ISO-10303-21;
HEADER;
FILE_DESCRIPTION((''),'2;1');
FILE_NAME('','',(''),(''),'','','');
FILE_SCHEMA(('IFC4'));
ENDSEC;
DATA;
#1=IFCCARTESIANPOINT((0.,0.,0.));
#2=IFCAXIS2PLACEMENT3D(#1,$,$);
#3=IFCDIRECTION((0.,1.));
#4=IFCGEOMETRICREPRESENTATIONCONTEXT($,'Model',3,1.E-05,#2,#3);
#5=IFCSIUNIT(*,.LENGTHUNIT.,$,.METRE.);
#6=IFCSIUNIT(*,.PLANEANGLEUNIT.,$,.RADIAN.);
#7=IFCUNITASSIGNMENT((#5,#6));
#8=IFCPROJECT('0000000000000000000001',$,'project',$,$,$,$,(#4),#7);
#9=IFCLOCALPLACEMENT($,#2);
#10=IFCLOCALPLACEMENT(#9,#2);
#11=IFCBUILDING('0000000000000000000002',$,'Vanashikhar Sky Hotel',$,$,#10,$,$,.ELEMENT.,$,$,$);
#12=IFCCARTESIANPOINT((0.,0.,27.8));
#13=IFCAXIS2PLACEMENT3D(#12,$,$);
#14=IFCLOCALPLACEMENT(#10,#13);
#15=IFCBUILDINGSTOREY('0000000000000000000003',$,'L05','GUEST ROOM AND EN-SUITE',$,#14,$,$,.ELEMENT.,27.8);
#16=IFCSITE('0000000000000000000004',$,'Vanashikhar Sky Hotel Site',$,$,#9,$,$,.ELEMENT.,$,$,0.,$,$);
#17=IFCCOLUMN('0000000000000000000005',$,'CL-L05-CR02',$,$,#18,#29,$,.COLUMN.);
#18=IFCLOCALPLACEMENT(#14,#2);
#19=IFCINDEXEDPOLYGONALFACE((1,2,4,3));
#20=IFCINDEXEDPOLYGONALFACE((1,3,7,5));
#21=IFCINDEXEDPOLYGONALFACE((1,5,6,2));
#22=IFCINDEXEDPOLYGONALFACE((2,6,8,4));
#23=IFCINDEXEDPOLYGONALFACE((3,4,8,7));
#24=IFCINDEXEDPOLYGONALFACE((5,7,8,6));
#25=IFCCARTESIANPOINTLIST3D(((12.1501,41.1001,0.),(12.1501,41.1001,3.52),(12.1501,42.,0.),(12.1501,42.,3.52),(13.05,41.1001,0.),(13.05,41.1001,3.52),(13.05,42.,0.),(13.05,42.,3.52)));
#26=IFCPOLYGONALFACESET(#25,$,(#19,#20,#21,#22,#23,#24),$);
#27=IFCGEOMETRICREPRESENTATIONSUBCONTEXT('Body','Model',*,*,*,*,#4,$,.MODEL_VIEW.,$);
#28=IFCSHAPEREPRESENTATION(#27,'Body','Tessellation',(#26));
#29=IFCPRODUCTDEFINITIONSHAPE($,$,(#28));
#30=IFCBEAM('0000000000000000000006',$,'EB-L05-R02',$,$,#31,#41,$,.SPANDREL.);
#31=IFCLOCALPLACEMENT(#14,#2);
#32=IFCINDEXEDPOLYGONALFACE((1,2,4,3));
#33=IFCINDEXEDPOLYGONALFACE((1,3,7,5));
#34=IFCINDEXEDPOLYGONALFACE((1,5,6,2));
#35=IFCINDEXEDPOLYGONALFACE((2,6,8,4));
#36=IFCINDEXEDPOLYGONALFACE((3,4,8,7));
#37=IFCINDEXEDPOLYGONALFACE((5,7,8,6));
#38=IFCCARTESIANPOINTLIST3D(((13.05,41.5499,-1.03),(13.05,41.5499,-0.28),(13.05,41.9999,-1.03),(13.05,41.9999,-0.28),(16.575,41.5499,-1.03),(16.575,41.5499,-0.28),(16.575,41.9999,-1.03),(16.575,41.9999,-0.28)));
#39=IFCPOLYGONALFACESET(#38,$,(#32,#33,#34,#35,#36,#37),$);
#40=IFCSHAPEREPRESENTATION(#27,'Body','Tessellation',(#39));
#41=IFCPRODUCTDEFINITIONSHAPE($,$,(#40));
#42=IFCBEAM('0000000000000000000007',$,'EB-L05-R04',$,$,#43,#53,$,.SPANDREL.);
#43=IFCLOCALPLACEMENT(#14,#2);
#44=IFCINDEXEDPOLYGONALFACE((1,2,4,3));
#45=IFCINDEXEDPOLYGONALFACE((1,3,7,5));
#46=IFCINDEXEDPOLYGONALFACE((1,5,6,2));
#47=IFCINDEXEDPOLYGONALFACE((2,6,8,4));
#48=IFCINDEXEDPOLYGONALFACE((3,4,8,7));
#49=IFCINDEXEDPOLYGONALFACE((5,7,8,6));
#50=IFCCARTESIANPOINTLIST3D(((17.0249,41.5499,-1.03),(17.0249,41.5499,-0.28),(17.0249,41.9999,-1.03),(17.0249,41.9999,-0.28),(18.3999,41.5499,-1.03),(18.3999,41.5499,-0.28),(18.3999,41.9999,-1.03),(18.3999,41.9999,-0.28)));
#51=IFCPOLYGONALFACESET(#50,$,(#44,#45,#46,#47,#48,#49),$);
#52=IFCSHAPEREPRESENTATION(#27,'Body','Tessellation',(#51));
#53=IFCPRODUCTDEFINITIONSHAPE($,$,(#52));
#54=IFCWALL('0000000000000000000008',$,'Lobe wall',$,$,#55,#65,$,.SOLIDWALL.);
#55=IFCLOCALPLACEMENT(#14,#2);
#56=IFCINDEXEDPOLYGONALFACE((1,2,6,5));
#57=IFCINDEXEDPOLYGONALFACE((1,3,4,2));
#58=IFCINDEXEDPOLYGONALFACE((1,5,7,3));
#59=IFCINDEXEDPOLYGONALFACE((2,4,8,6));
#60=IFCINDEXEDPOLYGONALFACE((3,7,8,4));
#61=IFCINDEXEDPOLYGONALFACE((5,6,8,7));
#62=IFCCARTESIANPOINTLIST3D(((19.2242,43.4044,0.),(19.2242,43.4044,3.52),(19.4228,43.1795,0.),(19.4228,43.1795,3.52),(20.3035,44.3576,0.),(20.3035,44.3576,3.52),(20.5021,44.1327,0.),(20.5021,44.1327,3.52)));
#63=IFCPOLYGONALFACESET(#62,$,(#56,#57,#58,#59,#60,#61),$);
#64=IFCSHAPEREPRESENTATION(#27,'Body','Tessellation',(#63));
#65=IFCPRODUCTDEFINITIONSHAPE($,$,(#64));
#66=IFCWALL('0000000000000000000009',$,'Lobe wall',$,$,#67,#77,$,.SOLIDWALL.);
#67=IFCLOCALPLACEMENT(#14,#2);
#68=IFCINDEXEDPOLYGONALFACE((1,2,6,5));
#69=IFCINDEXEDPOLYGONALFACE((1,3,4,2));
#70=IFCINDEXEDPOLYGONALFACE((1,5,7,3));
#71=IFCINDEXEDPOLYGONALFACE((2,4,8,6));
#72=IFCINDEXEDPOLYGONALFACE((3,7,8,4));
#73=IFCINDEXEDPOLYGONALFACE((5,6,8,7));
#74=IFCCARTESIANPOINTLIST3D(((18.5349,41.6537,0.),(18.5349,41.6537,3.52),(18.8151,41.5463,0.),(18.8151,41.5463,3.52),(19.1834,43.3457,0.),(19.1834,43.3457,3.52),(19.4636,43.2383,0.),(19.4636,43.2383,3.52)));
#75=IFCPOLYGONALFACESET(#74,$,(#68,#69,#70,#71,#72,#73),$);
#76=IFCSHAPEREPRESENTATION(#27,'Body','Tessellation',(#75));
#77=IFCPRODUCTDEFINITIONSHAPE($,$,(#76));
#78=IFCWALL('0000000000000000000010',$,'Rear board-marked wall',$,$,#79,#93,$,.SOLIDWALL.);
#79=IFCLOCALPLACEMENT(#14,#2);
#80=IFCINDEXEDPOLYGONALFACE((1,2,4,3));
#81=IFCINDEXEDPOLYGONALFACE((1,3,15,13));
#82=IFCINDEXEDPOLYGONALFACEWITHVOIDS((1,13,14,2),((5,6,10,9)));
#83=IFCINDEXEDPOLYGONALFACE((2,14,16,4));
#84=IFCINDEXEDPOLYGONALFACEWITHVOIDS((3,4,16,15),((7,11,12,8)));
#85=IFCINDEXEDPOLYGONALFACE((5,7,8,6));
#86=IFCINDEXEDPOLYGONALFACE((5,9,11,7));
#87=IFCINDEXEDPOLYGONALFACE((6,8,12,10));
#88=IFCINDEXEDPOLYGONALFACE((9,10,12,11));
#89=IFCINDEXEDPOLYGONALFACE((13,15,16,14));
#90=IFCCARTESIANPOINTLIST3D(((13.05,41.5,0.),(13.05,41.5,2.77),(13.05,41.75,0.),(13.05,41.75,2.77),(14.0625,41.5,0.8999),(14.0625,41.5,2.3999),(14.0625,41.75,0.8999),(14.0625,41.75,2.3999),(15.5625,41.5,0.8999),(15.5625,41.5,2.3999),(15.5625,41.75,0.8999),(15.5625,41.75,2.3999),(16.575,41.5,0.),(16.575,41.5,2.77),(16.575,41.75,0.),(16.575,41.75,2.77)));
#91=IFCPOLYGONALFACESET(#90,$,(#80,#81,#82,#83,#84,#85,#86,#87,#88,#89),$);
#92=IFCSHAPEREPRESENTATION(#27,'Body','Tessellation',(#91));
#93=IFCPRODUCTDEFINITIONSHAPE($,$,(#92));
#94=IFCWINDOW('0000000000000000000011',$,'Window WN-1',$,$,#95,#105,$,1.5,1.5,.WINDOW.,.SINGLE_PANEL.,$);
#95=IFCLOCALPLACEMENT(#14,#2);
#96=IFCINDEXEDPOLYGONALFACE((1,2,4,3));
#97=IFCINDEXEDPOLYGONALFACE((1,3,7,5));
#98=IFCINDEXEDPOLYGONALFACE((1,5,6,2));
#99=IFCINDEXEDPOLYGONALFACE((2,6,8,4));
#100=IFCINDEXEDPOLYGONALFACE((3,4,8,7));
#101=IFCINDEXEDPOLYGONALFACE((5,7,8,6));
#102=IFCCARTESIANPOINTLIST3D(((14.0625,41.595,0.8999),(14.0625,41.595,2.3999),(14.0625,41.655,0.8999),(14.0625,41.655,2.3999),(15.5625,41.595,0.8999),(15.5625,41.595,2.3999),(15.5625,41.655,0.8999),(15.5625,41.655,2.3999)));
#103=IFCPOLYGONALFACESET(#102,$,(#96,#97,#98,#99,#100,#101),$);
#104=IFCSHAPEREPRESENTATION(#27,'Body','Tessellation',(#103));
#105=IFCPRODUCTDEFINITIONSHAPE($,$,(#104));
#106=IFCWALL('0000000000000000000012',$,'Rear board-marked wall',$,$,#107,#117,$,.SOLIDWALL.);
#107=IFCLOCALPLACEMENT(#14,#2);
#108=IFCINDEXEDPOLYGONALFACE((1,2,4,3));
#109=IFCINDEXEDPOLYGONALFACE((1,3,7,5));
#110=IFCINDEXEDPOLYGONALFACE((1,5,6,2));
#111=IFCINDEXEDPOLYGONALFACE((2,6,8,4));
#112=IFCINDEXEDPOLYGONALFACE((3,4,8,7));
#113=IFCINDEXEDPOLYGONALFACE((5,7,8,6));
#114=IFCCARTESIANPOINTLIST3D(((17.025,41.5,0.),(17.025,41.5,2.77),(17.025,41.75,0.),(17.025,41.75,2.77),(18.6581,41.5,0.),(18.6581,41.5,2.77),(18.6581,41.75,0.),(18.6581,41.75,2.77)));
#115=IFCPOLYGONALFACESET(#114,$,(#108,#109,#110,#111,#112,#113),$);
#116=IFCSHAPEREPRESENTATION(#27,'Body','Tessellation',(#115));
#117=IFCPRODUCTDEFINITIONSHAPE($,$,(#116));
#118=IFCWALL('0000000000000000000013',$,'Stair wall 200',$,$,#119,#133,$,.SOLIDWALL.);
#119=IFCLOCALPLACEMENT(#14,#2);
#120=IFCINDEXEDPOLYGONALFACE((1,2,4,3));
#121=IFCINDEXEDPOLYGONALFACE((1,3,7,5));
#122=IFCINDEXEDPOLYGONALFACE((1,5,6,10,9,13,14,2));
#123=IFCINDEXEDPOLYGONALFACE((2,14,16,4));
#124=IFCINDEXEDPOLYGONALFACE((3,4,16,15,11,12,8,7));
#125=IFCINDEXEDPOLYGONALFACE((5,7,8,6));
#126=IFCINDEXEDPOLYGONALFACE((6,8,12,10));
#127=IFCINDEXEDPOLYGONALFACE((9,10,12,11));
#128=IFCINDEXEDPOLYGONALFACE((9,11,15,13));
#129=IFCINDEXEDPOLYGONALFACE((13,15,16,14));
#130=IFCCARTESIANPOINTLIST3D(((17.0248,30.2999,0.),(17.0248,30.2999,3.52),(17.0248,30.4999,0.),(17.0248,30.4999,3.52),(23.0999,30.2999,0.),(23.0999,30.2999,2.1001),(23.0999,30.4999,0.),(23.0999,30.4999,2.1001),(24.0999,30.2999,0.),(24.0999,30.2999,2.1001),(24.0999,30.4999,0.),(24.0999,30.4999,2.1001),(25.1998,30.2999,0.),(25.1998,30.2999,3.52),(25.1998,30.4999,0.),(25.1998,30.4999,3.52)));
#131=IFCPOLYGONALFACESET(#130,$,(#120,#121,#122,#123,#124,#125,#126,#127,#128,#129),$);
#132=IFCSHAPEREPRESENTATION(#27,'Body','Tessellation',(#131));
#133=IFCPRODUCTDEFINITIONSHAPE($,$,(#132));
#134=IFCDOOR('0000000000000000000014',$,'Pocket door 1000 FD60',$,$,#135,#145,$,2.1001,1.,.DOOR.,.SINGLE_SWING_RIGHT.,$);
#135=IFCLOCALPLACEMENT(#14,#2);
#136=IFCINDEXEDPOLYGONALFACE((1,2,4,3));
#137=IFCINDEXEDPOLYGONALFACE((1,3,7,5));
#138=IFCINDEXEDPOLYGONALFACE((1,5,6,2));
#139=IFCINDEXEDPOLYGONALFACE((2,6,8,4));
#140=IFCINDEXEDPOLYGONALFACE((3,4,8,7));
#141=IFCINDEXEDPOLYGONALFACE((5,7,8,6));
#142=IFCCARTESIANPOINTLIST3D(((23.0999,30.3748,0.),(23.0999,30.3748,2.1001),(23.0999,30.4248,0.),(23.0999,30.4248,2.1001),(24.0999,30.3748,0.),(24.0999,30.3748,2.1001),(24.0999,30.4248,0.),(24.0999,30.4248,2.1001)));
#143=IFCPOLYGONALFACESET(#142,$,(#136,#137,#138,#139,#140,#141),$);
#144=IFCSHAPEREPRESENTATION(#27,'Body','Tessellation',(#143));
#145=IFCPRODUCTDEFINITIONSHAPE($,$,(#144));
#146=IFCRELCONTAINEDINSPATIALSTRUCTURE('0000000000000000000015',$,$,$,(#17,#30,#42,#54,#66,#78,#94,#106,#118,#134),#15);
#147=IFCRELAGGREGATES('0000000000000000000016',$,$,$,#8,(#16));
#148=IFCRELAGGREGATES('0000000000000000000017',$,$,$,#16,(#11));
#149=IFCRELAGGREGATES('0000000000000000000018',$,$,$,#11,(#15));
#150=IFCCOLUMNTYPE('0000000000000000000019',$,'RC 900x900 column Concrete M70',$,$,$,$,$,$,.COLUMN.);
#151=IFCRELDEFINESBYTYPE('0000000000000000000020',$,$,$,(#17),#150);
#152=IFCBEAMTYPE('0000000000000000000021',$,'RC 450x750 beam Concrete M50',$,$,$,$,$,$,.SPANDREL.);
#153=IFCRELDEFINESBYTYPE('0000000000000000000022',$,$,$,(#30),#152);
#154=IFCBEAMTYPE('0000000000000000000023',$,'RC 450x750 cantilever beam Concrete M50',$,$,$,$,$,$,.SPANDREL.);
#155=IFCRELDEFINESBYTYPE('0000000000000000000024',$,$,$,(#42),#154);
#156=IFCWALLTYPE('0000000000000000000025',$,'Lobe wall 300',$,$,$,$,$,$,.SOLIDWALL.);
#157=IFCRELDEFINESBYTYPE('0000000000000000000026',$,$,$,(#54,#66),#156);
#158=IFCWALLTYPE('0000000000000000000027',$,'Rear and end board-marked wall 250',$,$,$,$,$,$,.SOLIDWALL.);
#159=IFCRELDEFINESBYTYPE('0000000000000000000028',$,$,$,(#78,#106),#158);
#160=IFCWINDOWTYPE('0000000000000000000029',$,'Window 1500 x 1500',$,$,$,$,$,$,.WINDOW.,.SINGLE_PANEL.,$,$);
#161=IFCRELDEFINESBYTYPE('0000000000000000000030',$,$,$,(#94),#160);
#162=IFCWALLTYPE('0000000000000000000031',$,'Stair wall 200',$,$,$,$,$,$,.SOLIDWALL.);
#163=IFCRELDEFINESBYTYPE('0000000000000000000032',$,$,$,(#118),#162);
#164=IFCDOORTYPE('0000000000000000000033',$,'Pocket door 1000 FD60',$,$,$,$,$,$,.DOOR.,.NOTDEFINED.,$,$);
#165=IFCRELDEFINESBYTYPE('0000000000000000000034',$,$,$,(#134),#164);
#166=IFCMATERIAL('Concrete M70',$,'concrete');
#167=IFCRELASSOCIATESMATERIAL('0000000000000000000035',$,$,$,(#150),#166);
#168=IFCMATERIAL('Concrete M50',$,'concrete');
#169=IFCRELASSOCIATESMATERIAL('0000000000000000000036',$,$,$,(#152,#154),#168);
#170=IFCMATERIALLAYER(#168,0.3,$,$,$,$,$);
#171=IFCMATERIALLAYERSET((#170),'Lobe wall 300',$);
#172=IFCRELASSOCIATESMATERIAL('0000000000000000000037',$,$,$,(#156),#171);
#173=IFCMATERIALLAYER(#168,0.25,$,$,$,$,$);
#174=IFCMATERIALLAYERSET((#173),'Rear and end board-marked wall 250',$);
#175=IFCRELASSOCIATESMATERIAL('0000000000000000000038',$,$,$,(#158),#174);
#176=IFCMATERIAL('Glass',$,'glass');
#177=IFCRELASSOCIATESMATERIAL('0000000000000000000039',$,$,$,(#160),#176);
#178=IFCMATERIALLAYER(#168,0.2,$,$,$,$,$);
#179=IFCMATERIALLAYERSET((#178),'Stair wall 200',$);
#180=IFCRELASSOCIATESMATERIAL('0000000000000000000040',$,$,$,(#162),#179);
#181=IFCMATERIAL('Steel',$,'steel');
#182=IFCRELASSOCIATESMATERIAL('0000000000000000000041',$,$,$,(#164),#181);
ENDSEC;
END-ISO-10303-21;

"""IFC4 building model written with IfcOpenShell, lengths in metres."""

from ifc_helpers import new_model, si_unit, direction, frame, frame_2d, origin, origin_2d, place, context, subcontext, project, spatial, rectangle, extrude, source, transform, mapped, material, layer, layer_set, material_profile, profile_set, type_object, element, fill, save


model = new_model("IFC4")

# Units and contexts
model_context = context("Model", 3, precision=1e-05, world=origin(), true_north=direction((0.0, 1.0)))
body_context = subcontext(model_context, "Body", "Model", "MODEL_VIEW")
ifc_project = project(units=[si_unit("LENGTHUNIT", "METRE"), si_unit("PLANEANGLEUNIT", "RADIAN")], contexts=[model_context])

# Site, building, storey
site_placement = place(None, origin())
site = spatial("IfcSite", under=ifc_project, at=site_placement, Name="Vanashikhar Sky Hotel Site", CompositionType="ELEMENT", RefElevation=0.0)
building_placement = place(site_placement, origin())
building = spatial("IfcBuilding", under=site, at=building_placement, Name="Vanashikhar Sky Hotel", CompositionType="ELEMENT")
storey_placement = place(building_placement, frame((0.0, 0.0, 27.8)))
storey = spatial("IfcBuildingStorey", under=building, at=storey_placement, Name="L05", Description="GUEST ROOM AND EN-SUITE", CompositionType="ELEMENT", Elevation=27.8)

# Column
ifc_material_1 = material(Name="Concrete M70", Category="concrete")
ifc_material_profile_1 = material_profile(ifc_material_1, rectangle(XDim=0.8999, YDim=0.8999, at=origin_2d()))
ifc_profile_set_1 = profile_set([ifc_material_profile_1], Name="RC 900x900 column Concrete M70")
column_type = type_object("IfcColumnType", Name="RC 900x900 column Concrete M70", PredefinedType="COLUMN", material=ifc_profile_set_1)
shared_shape_1 = source(origin(), body_context, "Body", "SweptSolid", [
    extrude(rectangle(XDim=0.8999, YDim=0.8999, at=origin_2d()), origin(), (0.0, 0.0, 1.0), 3.52),
])
column_placement = place(storey_placement, frame((12.6001, 41.55, 0.0), z_axis=(0.0, 0.0, 1.0), x_axis=(1.0, 0.0, 0.0)))
element("IfcColumn", 1, at=column_placement, inside=storey, type_object=column_type, Name="CL-L05-CR02", PredefinedType="COLUMN", context=body_context, shape_type="MappedRepresentation", body=[
    mapped(shared_shape_1, transform((0.0, 0.0, 0.0), scale=1.0)),
])

# Beams
ifc_material_2 = material(Name="Concrete M50", Category="concrete")
ifc_material_profile_2 = material_profile(ifc_material_2, rectangle(XDim=0.45, YDim=0.75, at=origin_2d()))
ifc_profile_set_2 = profile_set([ifc_material_profile_2], Name="RC 450x750 beam Concrete M50")
beam_type_1 = type_object("IfcBeamType", Name="RC 450x750 beam Concrete M50", PredefinedType="SPANDREL", material=ifc_profile_set_2)
shared_shape_2 = source(origin(), body_context, "Body", "SweptSolid", [
    extrude(rectangle(XDim=0.45, YDim=0.75, at=origin_2d()), origin(), (0.0, 0.0, 1.0), 3.5249),
])
beam_1_placement = place(storey_placement, frame((13.05, 41.7749, -0.655), z_axis=(1.0, 0.0, 0.0), x_axis=(0.0, 1.0, 0.0)))
element("IfcBeam", 2, at=beam_1_placement, inside=storey, type_object=beam_type_1, Name="EB-L05-R02", PredefinedType="SPANDREL", context=body_context, shape_type="MappedRepresentation", body=[
    mapped(shared_shape_2, transform((0.0, 0.0, 0.0), scale=1.0)),
])
ifc_material_profile_3 = material_profile(ifc_material_2, rectangle(XDim=0.45, YDim=0.75, at=origin_2d()))
ifc_profile_set_3 = profile_set([ifc_material_profile_3], Name="RC 450x750 cantilever beam Concrete M50")
beam_type_2 = type_object("IfcBeamType", Name="RC 450x750 cantilever beam Concrete M50", PredefinedType="SPANDREL", material=ifc_profile_set_3)
shared_shape_3 = source(origin(), body_context, "Body", "SweptSolid", [
    extrude(rectangle(XDim=0.45, YDim=0.75, at=origin_2d()), origin(), (0.0, 0.0, 1.0), 1.375),
])
beam_2_placement = place(storey_placement, frame((17.0249, 41.7749, -0.655), z_axis=(1.0, 0.0, 0.0), x_axis=(0.0, 1.0, 0.0)))
element("IfcBeam", 3, at=beam_2_placement, inside=storey, type_object=beam_type_2, Name="EB-L05-R04", PredefinedType="SPANDREL", context=body_context, shape_type="MappedRepresentation", body=[
    mapped(shared_shape_3, transform((0.0, 0.0, 0.0), scale=1.0)),
])

# Walls
ifc_layer_1 = layer(ifc_material_2, 0.3)
ifc_layer_set_1 = layer_set([ifc_layer_1], Name="Lobe wall 300")
wall_type_1 = type_object("IfcWallType", Name="Lobe wall 300", PredefinedType="SOLIDWALL", material=ifc_layer_set_1)
shared_shape_4 = source(origin(), body_context, "Body", "SweptSolid", [
    extrude(rectangle(XDim=1.4399, YDim=0.3, at=frame_2d((0.72, 0.0))), origin(), (0.0, 0.0, 1.0), 3.52),
])
wall_1_placement = place(storey_placement, frame((20.4028, 44.2451, 0.0), z_axis=(0.0, 0.0, 1.0), x_axis=(-0.749576, -0.661919, 0.0)))
element("IfcWall", 4, at=wall_1_placement, inside=storey, type_object=wall_type_1, Name="Lobe wall", PredefinedType="SOLIDWALL", context=body_context, shape_type="MappedRepresentation", body=[
    mapped(shared_shape_4, transform((0.0, 0.0, 0.0), scale=1.0)),
])
shared_shape_5 = source(origin(), body_context, "Body", "SweptSolid", [
    extrude(rectangle(XDim=1.812, YDim=0.3, at=frame_2d((0.906, 0.0))), origin(), (0.0, 0.0, 1.0), 3.52),
])
wall_2_placement = place(storey_placement, frame((19.3235, 43.292, 0.0), z_axis=(0.0, 0.0, 1.0), x_axis=(-0.357877, -0.933769, 0.0)))
element("IfcWall", 5, at=wall_2_placement, inside=storey, type_object=wall_type_1, Name="Lobe wall", PredefinedType="SOLIDWALL", context=body_context, shape_type="MappedRepresentation", body=[
    mapped(shared_shape_5, transform((0.0, 0.0, 0.0), scale=1.0)),
])

# Wall, opening, window
ifc_layer_2 = layer(ifc_material_2, 0.25)
ifc_layer_set_2 = layer_set([ifc_layer_2], Name="Rear and end board-marked wall 250")
wall_type_2 = type_object("IfcWallType", Name="Rear and end board-marked wall 250", PredefinedType="SOLIDWALL", material=ifc_layer_set_2)
shared_shape_6 = source(origin(), body_context, "Body", "SweptSolid", [
    extrude(rectangle(XDim=3.5249, YDim=0.25, at=frame_2d((1.7625, 0.0))), origin(), (0.0, 0.0, 1.0), 2.77),
])
wall_3_placement = place(storey_placement, frame((16.575, 41.625, 0.0), z_axis=(0.0, 0.0, 1.0), x_axis=(-1.0, 0.0, 0.0)))
wall_3 = element("IfcWall", 6, at=wall_3_placement, inside=storey, type_object=wall_type_2, Name="Rear board-marked wall", PredefinedType="SOLIDWALL", context=body_context, shape_type="MappedRepresentation", body=[
    mapped(shared_shape_6, transform((0.0, 0.0, 0.0), scale=1.0)),
])
shared_shape_7 = source(origin(), body_context, "Body", "SweptSolid", [
    extrude(rectangle(XDim=1.5, YDim=1.5, at=frame_2d((0.75, 0.75))), frame((0.0, 0.135, 0.0), z_axis=(0.0, -1.0, 0.0), x_axis=(1.0, 0.0, 0.0)), (0.0, 0.0, 1.0), 0.27),
])
opening_1_placement = place(wall_3_placement, frame((1.0125, 0.0, 0.8999)))
opening_1 = element("IfcOpeningElement", 7, at=opening_1_placement, cuts=wall_3, PredefinedType="OPENING", context=body_context, shape_type="MappedRepresentation", body=[
    mapped(shared_shape_7, transform((0.0, 0.0, 0.0), scale=1.0)),
])
ifc_material_3 = material(Name="Glass", Category="glass")
window_type = type_object("IfcWindowType", Name="Window 1500 x 1500", PartitioningType="SINGLE_PANEL", PredefinedType="WINDOW", material=ifc_material_3)
shared_shape_8 = source(origin(), body_context, "Body", "SweptSolid", [
    extrude(rectangle(XDim=1.5, YDim=1.5, at=frame_2d((0.75, 0.75))), frame((0.0, 0.03, 0.0), z_axis=(0.0, -1.0, 0.0), x_axis=(1.0, 0.0, 0.0)), (0.0, 0.0, 1.0), 0.0601),
])
window_placement = place(opening_1_placement, origin())
window = element("IfcWindow", 8, at=window_placement, inside=storey, type_object=window_type, Name="Window WN-1", OverallHeight=1.5, OverallWidth=1.5, PartitioningType="SINGLE_PANEL", PredefinedType="WINDOW", context=body_context, shape_type="MappedRepresentation", body=[
    mapped(shared_shape_8, transform((0.0, 0.0, 0.0), scale=1.0)),
])
fill(opening_1, window)

# Wall
shared_shape_9 = source(origin(), body_context, "Body", "SweptSolid", [
    extrude(rectangle(XDim=1.6331, YDim=0.25, at=frame_2d((0.8164, 0.0))), origin(), (0.0, 0.0, 1.0), 2.77),
])
wall_4_placement = place(storey_placement, frame((18.658, 41.625, 0.0), z_axis=(0.0, 0.0, 1.0), x_axis=(-1.0, 0.0, 0.0)))
element("IfcWall", 9, at=wall_4_placement, inside=storey, type_object=wall_type_2, Name="Rear board-marked wall", PredefinedType="SOLIDWALL", context=body_context, shape_type="MappedRepresentation", body=[
    mapped(shared_shape_9, transform((0.0, 0.0, 0.0), scale=1.0)),
])

# Wall, opening, door
ifc_layer_3 = layer(ifc_material_2, 0.2)
ifc_layer_set_3 = layer_set([ifc_layer_3], Name="Stair wall 200")
wall_type_3 = type_object("IfcWallType", Name="Stair wall 200", PredefinedType="SOLIDWALL", material=ifc_layer_set_3)
shared_shape_10 = source(origin(), body_context, "Body", "SweptSolid", [
    extrude(rectangle(XDim=8.175, YDim=0.2, at=frame_2d((4.0874, 0.0))), origin(), (0.0, 0.0, 1.0), 3.52),
])
wall_5_placement = place(storey_placement, frame((17.0249, 30.3999, 0.0), z_axis=(0.0, 0.0, 1.0), x_axis=(1.0, 0.0, 0.0)))
wall_5 = element("IfcWall", 10, at=wall_5_placement, inside=storey, type_object=wall_type_3, Name="Stair wall 200", PredefinedType="SOLIDWALL", context=body_context, shape_type="MappedRepresentation", body=[
    mapped(shared_shape_10, transform((0.0, 0.0, 0.0), scale=1.0)),
])
shared_shape_11 = source(origin(), body_context, "Body", "SweptSolid", [
    extrude(rectangle(XDim=1.0, YDim=2.1001, at=frame_2d((0.5, 1.05))), frame((0.0, 0.1099, 0.0), z_axis=(0.0, -1.0, 0.0), x_axis=(1.0, 0.0, 0.0)), (0.0, 0.0, 1.0), 0.22),
])
opening_2_placement = place(wall_5_placement, frame((6.075, 0.0, 0.0)))
opening_2 = element("IfcOpeningElement", 11, at=opening_2_placement, cuts=wall_5, PredefinedType="OPENING", context=body_context, shape_type="MappedRepresentation", body=[
    mapped(shared_shape_11, transform((0.0, 0.0, 0.0), scale=1.0)),
])
ifc_material_4 = material(Name="Steel", Category="steel")
door_type_1 = type_object("IfcDoorType", Name="Pocket door 1000 FD60", OperationType="NOTDEFINED", PredefinedType="DOOR", material=ifc_material_4)
shared_shape_12 = source(origin(), body_context, "Body", "SweptSolid", [
    extrude(rectangle(XDim=1.0, YDim=2.1001, at=frame_2d((0.5, 1.05))), frame((0.0, 0.0249, 0.0), z_axis=(0.0, -1.0, 0.0), x_axis=(1.0, 0.0, 0.0)), (0.0, 0.0, 1.0), 0.05),
])
door_1_placement = place(opening_2_placement, origin())
door_1 = element("IfcDoor", 12, at=door_1_placement, inside=storey, type_object=door_type_1, Name="Pocket door 1000 FD60", OperationType="SINGLE_SWING_RIGHT", OverallHeight=2.1001, OverallWidth=1.0, PredefinedType="DOOR", context=body_context, shape_type="MappedRepresentation", body=[
    mapped(shared_shape_12, transform((0.0, 0.0, 0.0), scale=1.0)),
])
fill(opening_2, door_1)

save(model, "model.ifc")
